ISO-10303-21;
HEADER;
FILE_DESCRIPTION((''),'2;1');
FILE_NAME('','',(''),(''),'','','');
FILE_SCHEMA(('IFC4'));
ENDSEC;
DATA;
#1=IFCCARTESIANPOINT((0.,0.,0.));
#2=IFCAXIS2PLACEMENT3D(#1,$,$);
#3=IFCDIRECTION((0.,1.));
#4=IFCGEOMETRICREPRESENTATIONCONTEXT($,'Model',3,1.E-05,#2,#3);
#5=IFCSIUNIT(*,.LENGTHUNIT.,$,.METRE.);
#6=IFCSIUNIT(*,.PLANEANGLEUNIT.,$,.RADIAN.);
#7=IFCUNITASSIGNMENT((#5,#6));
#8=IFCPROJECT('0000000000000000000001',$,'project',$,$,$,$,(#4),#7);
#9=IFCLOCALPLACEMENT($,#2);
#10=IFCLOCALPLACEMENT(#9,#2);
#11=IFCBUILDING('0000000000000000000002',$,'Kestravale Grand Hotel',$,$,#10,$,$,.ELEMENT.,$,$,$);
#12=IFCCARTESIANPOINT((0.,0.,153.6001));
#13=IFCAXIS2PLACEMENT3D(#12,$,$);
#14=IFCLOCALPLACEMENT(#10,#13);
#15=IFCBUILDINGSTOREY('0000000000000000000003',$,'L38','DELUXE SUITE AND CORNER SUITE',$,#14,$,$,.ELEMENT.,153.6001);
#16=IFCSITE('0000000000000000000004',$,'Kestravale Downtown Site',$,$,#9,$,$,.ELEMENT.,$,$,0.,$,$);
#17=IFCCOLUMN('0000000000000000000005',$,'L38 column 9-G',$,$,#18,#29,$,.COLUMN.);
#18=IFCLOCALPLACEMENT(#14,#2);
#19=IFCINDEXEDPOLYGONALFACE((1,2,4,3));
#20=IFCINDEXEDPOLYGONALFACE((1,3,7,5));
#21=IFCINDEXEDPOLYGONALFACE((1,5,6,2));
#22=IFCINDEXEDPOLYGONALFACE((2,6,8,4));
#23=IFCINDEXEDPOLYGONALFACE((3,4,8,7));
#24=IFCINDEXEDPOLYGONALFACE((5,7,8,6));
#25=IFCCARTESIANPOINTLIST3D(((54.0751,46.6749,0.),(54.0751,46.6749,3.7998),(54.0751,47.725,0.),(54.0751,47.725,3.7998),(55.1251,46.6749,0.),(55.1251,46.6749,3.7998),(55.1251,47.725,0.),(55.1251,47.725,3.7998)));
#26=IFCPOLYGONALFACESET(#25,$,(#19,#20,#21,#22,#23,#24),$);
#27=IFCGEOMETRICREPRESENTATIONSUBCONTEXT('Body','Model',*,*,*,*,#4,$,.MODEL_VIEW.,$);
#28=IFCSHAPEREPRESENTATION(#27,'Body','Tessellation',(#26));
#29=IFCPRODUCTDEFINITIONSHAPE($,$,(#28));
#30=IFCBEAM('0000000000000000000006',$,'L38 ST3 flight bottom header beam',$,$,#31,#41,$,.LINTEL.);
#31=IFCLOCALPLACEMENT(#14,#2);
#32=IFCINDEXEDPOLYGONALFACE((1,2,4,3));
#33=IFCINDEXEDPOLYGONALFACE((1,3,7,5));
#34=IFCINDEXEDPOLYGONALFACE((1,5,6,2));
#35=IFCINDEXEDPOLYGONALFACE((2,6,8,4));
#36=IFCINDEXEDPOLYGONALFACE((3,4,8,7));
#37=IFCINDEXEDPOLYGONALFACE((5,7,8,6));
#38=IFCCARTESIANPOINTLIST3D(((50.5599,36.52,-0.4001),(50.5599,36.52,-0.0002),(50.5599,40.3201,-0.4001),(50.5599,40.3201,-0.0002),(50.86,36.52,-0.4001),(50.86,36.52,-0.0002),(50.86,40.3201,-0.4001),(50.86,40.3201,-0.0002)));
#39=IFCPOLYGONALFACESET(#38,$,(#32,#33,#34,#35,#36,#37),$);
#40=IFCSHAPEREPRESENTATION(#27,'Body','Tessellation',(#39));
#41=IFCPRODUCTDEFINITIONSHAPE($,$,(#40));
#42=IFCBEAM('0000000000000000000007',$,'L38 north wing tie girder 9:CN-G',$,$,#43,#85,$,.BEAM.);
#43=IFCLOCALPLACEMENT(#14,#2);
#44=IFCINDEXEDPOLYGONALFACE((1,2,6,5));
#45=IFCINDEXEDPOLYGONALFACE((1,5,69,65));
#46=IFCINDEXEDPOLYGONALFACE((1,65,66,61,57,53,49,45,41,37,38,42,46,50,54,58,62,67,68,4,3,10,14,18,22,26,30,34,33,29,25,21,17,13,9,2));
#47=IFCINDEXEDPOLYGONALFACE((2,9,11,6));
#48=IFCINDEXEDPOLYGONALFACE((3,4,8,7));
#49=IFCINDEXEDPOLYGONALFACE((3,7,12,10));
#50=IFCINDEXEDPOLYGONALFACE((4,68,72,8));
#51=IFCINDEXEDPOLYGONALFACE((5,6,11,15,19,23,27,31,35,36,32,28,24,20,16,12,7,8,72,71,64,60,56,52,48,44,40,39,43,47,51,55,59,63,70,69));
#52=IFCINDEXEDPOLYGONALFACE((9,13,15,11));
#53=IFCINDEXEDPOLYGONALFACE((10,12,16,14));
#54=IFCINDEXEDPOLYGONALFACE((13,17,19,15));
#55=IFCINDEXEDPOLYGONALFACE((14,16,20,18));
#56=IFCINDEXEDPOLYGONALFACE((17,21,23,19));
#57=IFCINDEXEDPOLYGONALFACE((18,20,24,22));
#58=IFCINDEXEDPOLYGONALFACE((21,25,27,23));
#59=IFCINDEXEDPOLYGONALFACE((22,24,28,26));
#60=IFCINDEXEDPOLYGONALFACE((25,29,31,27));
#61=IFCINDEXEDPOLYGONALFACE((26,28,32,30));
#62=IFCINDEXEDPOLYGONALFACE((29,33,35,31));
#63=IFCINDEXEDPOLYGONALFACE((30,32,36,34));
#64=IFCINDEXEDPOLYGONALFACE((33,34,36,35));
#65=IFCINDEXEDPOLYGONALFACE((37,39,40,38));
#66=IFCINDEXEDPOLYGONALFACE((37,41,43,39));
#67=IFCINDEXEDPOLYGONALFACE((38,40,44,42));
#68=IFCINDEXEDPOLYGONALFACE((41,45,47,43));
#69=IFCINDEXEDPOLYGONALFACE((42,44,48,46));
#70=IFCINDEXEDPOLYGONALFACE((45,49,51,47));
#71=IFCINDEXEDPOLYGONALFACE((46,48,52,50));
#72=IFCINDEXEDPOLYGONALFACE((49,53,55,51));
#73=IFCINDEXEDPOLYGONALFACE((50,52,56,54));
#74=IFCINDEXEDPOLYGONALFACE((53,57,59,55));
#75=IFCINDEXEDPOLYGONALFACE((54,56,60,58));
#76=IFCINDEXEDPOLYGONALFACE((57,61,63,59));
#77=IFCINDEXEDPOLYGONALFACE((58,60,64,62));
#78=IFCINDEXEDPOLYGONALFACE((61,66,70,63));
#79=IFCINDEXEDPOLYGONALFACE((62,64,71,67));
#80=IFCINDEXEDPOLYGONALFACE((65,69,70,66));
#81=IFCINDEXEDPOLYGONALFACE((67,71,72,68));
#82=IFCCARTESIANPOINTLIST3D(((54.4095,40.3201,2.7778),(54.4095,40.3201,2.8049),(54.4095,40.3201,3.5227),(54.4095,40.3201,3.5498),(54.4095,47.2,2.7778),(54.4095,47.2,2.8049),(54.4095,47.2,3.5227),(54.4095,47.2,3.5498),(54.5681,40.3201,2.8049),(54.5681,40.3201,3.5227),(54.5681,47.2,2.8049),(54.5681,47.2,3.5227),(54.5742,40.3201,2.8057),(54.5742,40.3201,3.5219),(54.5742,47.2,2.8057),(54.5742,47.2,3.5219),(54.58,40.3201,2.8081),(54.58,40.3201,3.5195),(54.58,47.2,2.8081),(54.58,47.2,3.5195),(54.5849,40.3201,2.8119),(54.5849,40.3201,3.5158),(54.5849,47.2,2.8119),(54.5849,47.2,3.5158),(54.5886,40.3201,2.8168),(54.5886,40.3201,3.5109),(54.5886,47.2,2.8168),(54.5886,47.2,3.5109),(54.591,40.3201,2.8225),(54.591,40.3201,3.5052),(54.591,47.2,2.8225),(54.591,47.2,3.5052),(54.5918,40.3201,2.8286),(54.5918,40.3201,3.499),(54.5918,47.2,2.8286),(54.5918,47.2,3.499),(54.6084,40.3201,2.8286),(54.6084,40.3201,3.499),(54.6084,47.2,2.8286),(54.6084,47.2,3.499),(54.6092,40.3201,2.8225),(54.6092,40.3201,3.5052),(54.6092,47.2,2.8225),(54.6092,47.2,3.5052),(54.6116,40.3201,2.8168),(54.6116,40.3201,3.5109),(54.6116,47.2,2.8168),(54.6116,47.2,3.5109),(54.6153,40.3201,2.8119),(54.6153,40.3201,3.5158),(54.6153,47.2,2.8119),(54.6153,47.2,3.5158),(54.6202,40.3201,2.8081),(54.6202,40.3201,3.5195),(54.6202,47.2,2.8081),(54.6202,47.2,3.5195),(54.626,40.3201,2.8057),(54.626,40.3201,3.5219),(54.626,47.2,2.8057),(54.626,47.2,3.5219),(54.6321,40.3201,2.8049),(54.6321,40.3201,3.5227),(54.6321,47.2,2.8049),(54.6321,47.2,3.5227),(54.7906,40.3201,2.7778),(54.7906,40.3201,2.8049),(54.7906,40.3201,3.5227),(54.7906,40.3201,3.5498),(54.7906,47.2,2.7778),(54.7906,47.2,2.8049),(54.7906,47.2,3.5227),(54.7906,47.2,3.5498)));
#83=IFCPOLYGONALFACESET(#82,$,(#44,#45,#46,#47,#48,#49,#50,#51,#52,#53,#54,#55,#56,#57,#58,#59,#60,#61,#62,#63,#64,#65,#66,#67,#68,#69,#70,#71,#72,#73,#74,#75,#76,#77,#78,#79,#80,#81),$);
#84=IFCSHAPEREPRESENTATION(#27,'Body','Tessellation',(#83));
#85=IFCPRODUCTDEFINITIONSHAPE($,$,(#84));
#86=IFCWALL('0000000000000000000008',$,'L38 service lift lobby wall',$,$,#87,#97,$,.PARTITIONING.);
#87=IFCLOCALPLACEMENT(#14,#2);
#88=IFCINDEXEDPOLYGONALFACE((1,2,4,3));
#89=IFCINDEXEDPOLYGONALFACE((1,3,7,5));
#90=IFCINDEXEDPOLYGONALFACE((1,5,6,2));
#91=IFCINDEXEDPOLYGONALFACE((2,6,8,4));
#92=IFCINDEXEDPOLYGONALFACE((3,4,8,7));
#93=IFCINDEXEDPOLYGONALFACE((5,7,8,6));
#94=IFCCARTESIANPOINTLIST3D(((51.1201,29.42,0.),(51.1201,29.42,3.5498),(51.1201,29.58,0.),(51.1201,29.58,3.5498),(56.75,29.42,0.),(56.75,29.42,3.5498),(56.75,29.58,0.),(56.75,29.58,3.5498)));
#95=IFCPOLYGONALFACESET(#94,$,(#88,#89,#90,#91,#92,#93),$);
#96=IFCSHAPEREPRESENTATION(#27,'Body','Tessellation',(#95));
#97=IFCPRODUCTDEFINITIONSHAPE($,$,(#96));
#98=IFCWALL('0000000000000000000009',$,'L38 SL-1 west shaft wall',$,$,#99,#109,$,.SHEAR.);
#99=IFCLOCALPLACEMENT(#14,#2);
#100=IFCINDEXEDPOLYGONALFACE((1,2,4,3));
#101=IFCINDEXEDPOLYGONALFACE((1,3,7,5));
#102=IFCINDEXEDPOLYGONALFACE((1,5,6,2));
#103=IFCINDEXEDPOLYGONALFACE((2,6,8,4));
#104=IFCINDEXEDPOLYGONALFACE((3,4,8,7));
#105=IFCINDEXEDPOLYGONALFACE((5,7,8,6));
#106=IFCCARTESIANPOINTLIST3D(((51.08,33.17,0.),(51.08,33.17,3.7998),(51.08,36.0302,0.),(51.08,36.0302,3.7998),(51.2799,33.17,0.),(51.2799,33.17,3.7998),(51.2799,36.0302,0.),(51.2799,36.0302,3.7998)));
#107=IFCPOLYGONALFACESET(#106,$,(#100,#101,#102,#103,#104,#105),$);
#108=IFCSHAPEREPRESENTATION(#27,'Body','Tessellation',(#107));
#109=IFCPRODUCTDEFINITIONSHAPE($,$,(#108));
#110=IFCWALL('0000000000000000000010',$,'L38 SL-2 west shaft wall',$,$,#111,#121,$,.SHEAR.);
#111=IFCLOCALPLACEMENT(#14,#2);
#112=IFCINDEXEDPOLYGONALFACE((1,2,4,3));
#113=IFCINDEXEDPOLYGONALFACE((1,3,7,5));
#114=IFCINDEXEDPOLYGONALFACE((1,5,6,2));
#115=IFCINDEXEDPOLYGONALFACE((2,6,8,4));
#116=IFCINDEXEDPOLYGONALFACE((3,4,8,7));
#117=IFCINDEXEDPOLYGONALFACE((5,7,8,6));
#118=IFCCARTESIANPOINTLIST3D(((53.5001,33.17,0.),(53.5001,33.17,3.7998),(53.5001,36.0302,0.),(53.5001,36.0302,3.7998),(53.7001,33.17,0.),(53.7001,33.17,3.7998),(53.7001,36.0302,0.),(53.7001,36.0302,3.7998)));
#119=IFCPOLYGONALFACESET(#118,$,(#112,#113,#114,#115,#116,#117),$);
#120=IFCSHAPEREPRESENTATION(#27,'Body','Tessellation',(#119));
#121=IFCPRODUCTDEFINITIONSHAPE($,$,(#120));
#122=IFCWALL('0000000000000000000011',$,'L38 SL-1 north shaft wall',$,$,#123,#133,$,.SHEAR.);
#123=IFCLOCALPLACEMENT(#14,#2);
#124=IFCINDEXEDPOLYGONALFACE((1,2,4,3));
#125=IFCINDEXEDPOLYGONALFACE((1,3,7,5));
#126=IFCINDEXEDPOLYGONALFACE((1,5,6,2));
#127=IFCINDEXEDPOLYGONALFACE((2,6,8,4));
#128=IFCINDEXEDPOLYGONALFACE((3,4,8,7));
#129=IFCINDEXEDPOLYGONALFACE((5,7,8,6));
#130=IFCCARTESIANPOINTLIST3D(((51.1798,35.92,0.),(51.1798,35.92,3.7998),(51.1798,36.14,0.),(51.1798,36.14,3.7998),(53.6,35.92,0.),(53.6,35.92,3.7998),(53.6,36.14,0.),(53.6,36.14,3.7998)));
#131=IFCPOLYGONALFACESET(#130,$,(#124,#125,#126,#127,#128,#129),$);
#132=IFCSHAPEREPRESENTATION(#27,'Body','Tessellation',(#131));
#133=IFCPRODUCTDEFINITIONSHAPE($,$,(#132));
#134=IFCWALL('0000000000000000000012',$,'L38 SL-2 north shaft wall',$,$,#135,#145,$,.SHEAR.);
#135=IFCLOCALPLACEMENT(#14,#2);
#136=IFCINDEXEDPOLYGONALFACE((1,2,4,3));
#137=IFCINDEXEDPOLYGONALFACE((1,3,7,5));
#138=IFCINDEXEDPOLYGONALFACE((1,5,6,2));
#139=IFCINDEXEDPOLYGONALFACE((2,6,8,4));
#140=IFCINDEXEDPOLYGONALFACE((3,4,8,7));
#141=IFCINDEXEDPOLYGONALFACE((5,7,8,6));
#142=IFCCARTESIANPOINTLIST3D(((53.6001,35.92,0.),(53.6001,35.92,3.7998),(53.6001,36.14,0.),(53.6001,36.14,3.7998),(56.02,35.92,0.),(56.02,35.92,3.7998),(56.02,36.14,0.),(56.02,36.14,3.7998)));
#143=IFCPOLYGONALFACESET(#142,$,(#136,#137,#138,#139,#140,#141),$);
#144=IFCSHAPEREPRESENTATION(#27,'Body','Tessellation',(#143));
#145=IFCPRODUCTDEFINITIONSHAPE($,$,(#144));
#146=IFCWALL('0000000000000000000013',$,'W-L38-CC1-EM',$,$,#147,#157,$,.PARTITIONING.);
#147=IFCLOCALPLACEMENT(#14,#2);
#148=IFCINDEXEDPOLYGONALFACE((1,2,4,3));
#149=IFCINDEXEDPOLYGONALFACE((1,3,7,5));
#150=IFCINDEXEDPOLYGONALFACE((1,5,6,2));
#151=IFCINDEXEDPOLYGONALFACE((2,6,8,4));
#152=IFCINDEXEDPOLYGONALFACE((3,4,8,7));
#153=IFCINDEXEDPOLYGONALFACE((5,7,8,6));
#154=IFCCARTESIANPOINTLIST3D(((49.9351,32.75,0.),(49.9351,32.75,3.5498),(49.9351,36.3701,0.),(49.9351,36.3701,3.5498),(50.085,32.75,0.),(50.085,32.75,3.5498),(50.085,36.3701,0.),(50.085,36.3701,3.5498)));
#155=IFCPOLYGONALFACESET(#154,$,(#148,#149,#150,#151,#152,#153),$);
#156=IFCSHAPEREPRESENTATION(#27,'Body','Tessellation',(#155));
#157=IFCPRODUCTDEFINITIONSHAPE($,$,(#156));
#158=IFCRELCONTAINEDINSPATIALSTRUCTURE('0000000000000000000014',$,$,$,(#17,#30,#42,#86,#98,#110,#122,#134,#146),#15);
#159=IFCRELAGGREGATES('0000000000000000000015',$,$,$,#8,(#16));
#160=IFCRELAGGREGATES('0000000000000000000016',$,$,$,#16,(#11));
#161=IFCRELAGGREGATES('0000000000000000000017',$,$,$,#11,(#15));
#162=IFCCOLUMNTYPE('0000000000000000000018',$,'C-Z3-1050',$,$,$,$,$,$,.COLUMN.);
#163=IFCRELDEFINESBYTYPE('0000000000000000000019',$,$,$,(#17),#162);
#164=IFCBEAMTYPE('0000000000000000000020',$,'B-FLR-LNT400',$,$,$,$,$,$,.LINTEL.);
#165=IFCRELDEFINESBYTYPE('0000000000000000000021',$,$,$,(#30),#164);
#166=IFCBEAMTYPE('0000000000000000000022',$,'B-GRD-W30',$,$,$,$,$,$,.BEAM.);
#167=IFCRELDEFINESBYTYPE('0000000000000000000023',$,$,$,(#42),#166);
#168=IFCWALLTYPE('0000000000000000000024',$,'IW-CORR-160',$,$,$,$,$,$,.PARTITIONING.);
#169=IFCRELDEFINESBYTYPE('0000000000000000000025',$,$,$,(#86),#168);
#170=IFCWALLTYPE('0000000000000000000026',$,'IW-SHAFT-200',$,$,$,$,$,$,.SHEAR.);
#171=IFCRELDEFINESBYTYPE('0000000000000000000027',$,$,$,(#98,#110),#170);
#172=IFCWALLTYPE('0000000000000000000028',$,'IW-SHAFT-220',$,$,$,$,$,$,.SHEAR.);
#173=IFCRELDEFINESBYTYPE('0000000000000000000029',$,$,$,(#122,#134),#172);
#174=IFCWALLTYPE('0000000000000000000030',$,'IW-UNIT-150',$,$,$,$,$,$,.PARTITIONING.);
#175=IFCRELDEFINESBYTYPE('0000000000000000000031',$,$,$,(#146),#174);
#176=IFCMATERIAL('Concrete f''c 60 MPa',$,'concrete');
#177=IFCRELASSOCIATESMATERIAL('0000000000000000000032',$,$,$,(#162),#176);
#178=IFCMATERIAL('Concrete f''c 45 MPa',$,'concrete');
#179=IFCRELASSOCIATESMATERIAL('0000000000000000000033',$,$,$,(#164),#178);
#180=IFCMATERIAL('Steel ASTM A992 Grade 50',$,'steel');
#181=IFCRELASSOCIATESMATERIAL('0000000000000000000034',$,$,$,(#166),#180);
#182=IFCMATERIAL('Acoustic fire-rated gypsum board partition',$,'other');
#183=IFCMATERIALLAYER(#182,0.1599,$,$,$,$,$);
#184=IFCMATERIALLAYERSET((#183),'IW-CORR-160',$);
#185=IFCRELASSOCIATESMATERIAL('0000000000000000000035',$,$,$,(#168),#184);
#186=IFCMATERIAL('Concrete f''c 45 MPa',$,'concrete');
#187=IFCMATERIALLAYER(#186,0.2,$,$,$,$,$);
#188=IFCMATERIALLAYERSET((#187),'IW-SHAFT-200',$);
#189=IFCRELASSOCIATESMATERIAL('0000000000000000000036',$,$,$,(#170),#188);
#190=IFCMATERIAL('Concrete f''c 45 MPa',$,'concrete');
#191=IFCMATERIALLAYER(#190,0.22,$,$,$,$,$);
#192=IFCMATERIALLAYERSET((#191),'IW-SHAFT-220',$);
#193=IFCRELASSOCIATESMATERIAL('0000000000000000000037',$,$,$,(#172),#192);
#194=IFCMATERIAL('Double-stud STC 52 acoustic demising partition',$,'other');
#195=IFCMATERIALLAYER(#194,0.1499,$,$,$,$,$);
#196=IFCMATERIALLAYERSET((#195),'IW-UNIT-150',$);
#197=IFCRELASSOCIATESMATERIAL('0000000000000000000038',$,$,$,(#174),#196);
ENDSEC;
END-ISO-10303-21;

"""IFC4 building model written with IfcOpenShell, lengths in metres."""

from ifc_helpers import new_model, si_unit, direction, frame, frame_2d, origin, origin_2d, place, context, subcontext, project, spatial, rectangle, i_section, extrude, material, layer, layer_set, material_profile, profile_set, type_object, element, save


model = new_model("IFC4")

# Units and contexts
model_context = context("Model", 3, precision=1e-05, world=origin(), true_north=direction((0.0, 1.0)))
body_context = subcontext(model_context, "Body", "Model", "MODEL_VIEW")
ifc_project = project(units=[si_unit("LENGTHUNIT", "METRE"), si_unit("PLANEANGLEUNIT", "RADIAN")], contexts=[model_context])

# Site, building, storey
site_placement = place(None, origin())
site = spatial("IfcSite", under=ifc_project, at=site_placement, Name="Kestravale Downtown Site", CompositionType="ELEMENT", RefElevation=0.0)
building_placement = place(site_placement, origin())
building = spatial("IfcBuilding", under=site, at=building_placement, Name="Kestravale Grand Hotel", CompositionType="ELEMENT")
storey_placement = place(building_placement, frame((0.0, 0.0, 153.6001)))
storey = spatial("IfcBuildingStorey", under=building, at=storey_placement, Name="L38", Description="DELUXE SUITE AND CORNER SUITE", CompositionType="ELEMENT", Elevation=153.6001)

# Column
ifc_material_1 = material(Name="Concrete f'c 60 MPa", Category="concrete")
ifc_material_profile_1 = material_profile(ifc_material_1, rectangle(XDim=1.05, YDim=1.05, at=origin_2d()))
ifc_profile_set_1 = profile_set([ifc_material_profile_1], Name="Concrete f'c 60 MPa")
column_type = type_object("IfcColumnType", Name="C-Z3-1050", PredefinedType="COLUMN", material=ifc_profile_set_1)
column_placement = place(storey_placement, frame((54.6001, 47.2, 0.0), z_axis=(0.0, 0.0, 1.0), x_axis=(1.0, 0.0, 0.0)))
element("IfcColumn", 1, at=column_placement, inside=storey, type_object=column_type, Name="L38 column 9-G", PredefinedType="COLUMN", context=body_context, shape_type="SweptSolid", body=[
    extrude(rectangle(XDim=1.05, YDim=1.05, at=origin_2d()), origin(), (0.0, 0.0, 1.0), 3.7998),
])

# Beams
ifc_material_2 = material(Name="Concrete f'c 45 MPa", Category="concrete")
ifc_material_profile_2 = material_profile(ifc_material_2, rectangle(XDim=0.3, YDim=0.3999, at=origin_2d()))
ifc_profile_set_2 = profile_set([ifc_material_profile_2], Name="Concrete f'c 45 MPa")
beam_type_1 = type_object("IfcBeamType", Name="B-FLR-LNT400", PredefinedType="LINTEL", material=ifc_profile_set_2)
beam_1_placement = place(storey_placement, frame((50.71, 36.52, -0.2002), z_axis=(0.0, 1.0, 0.0), x_axis=(-1.0, 0.0, 0.0)))
element("IfcBeam", 2, at=beam_1_placement, inside=storey, type_object=beam_type_1, Name="L38 ST3 flight bottom header beam", PredefinedType="LINTEL", context=body_context, shape_type="SweptSolid", body=[
    extrude(rectangle(XDim=0.3, YDim=0.3999, at=origin_2d()), origin(), (0.0, 0.0, 1.0), 3.8),
])
ifc_material_3 = material(Name="Steel ASTM A992 Grade 50", Category="steel")
ifc_material_profile_3 = material_profile(ifc_material_3, i_section(OverallWidth=0.3811, OverallDepth=0.772, WebThickness=0.0166, FlangeThickness=0.0271, FilletRadius=0.0237, at=origin_2d()))
ifc_profile_set_3 = profile_set([ifc_material_profile_3], Name="Steel ASTM A992 Grade 50")
beam_type_2 = type_object("IfcBeamType", Name="B-GRD-W30", PredefinedType="BEAM", material=ifc_profile_set_3)
beam_2_placement = place(storey_placement, frame((54.6001, 40.3201, 3.1638), z_axis=(0.0, 1.0, 0.0), x_axis=(-1.0, 0.0, 0.0)))
element("IfcBeam", 3, at=beam_2_placement, inside=storey, type_object=beam_type_2, Name="L38 north wing tie girder 9:CN-G", PredefinedType="BEAM", context=body_context, shape_type="SweptSolid", body=[
    extrude(i_section(OverallWidth=0.3811, OverallDepth=0.772, WebThickness=0.0166, FlangeThickness=0.0271, FilletRadius=0.0237, at=origin_2d()), origin(), (0.0, 0.0, 1.0), 6.8799),
])

# Shared definitions
ifc_material_4 = material(Name="Acoustic fire-rated gypsum board partition", Category="other")
ifc_layer_1 = layer(ifc_material_4, 0.1599)
ifc_layer_set_1 = layer_set([ifc_layer_1], Name="IW-CORR-160")
wall_type_1 = type_object("IfcWallType", Name="IW-CORR-160", PredefinedType="PARTITIONING", material=ifc_layer_set_1)

# Walls
wall_1_placement = place(storey_placement, frame((51.1201, 29.5, 0.0), z_axis=(0.0, 0.0, 1.0), x_axis=(1.0, 0.0, 0.0)))
element("IfcWall", 4, at=wall_1_placement, inside=storey, type_object=wall_type_1, Name="L38 service lift lobby wall", PredefinedType="PARTITIONING", context=body_context, shape_type="SweptSolid", body=[
    extrude(rectangle(XDim=5.6299, YDim=0.1599, at=frame_2d((2.8149, 0.0))), origin(), (0.0, 0.0, 1.0), 3.5498),
])
ifc_material_5 = material(Name="Concrete f'c 45 MPa", Category="concrete")
ifc_layer_2 = layer(ifc_material_5, 0.2)
ifc_layer_set_2 = layer_set([ifc_layer_2], Name="IW-SHAFT-200")
wall_type_2 = type_object("IfcWallType", Name="IW-SHAFT-200", PredefinedType="SHEAR", material=ifc_layer_set_2)
for number, where, z_axis, x_axis, name in (
    (5, (51.1799, 33.1699, 0.0), (0.0, 0.0, 1.0), (0.0, 1.0, 0.0), "L38 SL-1 west shaft wall"),
    (6, (53.6001, 33.1699, 0.0), (0.0, 0.0, 1.0), (0.0, 1.0, 0.0), "L38 SL-2 west shaft wall"),
):
    element("IfcWall", number, at=place(storey_placement, frame(where, z_axis=z_axis, x_axis=x_axis)), inside=storey, type_object=wall_type_2, Name=name, PredefinedType="SHEAR", context=body_context, shape_type="SweptSolid", body=[
        extrude(rectangle(XDim=2.8601, YDim=0.2, at=frame_2d((1.4302, 0.0))), origin(), (0.0, 0.0, 1.0), 3.7998),
    ])
ifc_material_6 = material(Name="Concrete f'c 45 MPa", Category="concrete")
ifc_layer_3 = layer(ifc_material_6, 0.22)
ifc_layer_set_3 = layer_set([ifc_layer_3], Name="IW-SHAFT-220")
wall_type_3 = type_object("IfcWallType", Name="IW-SHAFT-220", PredefinedType="SHEAR", material=ifc_layer_set_3)
wall_2_placement = place(storey_placement, frame((51.1799, 36.03, 0.0), z_axis=(0.0, 0.0, 1.0), x_axis=(1.0, 0.0, 0.0)))
element("IfcWall", 7, at=wall_2_placement, inside=storey, type_object=wall_type_3, Name="L38 SL-1 north shaft wall", PredefinedType="SHEAR", context=body_context, shape_type="SweptSolid", body=[
    extrude(rectangle(XDim=2.4202, YDim=0.22, at=frame_2d((1.21, 0.0))), origin(), (0.0, 0.0, 1.0), 3.7998),
])

# Wall
wall_3_placement = place(storey_placement, frame((53.6001, 36.03, 0.0), z_axis=(0.0, 0.0, 1.0), x_axis=(1.0, 0.0, 0.0)))
element("IfcWall", 8, at=wall_3_placement, inside=storey, type_object=wall_type_3, Name="L38 SL-2 north shaft wall", PredefinedType="SHEAR", context=body_context, shape_type="SweptSolid", body=[
    extrude(rectangle(XDim=2.4199, YDim=0.22, at=frame_2d((1.21, 0.0))), origin(), (0.0, 0.0, 1.0), 3.7998),
])

# Wall
ifc_material_7 = material(Name="Double-stud STC 52 acoustic demising partition", Category="other")
ifc_layer_4 = layer(ifc_material_7, 0.1499)
ifc_layer_set_4 = layer_set([ifc_layer_4], Name="IW-UNIT-150")
wall_type_4 = type_object("IfcWallType", Name="IW-UNIT-150", PredefinedType="PARTITIONING", material=ifc_layer_set_4)
wall_4_placement = place(storey_placement, frame((50.01, 32.75, 0.0), z_axis=(0.0, 0.0, 1.0), x_axis=(0.0, 1.0, 0.0)))
element("IfcWall", 9, at=wall_4_placement, inside=storey, type_object=wall_type_4, Name="W-L38-CC1-EM", PredefinedType="PARTITIONING", context=body_context, shape_type="SweptSolid", body=[
    extrude(rectangle(XDim=3.6201, YDim=0.1499, at=frame_2d((1.8101, 0.0))), origin(), (0.0, 0.0, 1.0), 3.5498),
])

save(model, "model.ifc")
